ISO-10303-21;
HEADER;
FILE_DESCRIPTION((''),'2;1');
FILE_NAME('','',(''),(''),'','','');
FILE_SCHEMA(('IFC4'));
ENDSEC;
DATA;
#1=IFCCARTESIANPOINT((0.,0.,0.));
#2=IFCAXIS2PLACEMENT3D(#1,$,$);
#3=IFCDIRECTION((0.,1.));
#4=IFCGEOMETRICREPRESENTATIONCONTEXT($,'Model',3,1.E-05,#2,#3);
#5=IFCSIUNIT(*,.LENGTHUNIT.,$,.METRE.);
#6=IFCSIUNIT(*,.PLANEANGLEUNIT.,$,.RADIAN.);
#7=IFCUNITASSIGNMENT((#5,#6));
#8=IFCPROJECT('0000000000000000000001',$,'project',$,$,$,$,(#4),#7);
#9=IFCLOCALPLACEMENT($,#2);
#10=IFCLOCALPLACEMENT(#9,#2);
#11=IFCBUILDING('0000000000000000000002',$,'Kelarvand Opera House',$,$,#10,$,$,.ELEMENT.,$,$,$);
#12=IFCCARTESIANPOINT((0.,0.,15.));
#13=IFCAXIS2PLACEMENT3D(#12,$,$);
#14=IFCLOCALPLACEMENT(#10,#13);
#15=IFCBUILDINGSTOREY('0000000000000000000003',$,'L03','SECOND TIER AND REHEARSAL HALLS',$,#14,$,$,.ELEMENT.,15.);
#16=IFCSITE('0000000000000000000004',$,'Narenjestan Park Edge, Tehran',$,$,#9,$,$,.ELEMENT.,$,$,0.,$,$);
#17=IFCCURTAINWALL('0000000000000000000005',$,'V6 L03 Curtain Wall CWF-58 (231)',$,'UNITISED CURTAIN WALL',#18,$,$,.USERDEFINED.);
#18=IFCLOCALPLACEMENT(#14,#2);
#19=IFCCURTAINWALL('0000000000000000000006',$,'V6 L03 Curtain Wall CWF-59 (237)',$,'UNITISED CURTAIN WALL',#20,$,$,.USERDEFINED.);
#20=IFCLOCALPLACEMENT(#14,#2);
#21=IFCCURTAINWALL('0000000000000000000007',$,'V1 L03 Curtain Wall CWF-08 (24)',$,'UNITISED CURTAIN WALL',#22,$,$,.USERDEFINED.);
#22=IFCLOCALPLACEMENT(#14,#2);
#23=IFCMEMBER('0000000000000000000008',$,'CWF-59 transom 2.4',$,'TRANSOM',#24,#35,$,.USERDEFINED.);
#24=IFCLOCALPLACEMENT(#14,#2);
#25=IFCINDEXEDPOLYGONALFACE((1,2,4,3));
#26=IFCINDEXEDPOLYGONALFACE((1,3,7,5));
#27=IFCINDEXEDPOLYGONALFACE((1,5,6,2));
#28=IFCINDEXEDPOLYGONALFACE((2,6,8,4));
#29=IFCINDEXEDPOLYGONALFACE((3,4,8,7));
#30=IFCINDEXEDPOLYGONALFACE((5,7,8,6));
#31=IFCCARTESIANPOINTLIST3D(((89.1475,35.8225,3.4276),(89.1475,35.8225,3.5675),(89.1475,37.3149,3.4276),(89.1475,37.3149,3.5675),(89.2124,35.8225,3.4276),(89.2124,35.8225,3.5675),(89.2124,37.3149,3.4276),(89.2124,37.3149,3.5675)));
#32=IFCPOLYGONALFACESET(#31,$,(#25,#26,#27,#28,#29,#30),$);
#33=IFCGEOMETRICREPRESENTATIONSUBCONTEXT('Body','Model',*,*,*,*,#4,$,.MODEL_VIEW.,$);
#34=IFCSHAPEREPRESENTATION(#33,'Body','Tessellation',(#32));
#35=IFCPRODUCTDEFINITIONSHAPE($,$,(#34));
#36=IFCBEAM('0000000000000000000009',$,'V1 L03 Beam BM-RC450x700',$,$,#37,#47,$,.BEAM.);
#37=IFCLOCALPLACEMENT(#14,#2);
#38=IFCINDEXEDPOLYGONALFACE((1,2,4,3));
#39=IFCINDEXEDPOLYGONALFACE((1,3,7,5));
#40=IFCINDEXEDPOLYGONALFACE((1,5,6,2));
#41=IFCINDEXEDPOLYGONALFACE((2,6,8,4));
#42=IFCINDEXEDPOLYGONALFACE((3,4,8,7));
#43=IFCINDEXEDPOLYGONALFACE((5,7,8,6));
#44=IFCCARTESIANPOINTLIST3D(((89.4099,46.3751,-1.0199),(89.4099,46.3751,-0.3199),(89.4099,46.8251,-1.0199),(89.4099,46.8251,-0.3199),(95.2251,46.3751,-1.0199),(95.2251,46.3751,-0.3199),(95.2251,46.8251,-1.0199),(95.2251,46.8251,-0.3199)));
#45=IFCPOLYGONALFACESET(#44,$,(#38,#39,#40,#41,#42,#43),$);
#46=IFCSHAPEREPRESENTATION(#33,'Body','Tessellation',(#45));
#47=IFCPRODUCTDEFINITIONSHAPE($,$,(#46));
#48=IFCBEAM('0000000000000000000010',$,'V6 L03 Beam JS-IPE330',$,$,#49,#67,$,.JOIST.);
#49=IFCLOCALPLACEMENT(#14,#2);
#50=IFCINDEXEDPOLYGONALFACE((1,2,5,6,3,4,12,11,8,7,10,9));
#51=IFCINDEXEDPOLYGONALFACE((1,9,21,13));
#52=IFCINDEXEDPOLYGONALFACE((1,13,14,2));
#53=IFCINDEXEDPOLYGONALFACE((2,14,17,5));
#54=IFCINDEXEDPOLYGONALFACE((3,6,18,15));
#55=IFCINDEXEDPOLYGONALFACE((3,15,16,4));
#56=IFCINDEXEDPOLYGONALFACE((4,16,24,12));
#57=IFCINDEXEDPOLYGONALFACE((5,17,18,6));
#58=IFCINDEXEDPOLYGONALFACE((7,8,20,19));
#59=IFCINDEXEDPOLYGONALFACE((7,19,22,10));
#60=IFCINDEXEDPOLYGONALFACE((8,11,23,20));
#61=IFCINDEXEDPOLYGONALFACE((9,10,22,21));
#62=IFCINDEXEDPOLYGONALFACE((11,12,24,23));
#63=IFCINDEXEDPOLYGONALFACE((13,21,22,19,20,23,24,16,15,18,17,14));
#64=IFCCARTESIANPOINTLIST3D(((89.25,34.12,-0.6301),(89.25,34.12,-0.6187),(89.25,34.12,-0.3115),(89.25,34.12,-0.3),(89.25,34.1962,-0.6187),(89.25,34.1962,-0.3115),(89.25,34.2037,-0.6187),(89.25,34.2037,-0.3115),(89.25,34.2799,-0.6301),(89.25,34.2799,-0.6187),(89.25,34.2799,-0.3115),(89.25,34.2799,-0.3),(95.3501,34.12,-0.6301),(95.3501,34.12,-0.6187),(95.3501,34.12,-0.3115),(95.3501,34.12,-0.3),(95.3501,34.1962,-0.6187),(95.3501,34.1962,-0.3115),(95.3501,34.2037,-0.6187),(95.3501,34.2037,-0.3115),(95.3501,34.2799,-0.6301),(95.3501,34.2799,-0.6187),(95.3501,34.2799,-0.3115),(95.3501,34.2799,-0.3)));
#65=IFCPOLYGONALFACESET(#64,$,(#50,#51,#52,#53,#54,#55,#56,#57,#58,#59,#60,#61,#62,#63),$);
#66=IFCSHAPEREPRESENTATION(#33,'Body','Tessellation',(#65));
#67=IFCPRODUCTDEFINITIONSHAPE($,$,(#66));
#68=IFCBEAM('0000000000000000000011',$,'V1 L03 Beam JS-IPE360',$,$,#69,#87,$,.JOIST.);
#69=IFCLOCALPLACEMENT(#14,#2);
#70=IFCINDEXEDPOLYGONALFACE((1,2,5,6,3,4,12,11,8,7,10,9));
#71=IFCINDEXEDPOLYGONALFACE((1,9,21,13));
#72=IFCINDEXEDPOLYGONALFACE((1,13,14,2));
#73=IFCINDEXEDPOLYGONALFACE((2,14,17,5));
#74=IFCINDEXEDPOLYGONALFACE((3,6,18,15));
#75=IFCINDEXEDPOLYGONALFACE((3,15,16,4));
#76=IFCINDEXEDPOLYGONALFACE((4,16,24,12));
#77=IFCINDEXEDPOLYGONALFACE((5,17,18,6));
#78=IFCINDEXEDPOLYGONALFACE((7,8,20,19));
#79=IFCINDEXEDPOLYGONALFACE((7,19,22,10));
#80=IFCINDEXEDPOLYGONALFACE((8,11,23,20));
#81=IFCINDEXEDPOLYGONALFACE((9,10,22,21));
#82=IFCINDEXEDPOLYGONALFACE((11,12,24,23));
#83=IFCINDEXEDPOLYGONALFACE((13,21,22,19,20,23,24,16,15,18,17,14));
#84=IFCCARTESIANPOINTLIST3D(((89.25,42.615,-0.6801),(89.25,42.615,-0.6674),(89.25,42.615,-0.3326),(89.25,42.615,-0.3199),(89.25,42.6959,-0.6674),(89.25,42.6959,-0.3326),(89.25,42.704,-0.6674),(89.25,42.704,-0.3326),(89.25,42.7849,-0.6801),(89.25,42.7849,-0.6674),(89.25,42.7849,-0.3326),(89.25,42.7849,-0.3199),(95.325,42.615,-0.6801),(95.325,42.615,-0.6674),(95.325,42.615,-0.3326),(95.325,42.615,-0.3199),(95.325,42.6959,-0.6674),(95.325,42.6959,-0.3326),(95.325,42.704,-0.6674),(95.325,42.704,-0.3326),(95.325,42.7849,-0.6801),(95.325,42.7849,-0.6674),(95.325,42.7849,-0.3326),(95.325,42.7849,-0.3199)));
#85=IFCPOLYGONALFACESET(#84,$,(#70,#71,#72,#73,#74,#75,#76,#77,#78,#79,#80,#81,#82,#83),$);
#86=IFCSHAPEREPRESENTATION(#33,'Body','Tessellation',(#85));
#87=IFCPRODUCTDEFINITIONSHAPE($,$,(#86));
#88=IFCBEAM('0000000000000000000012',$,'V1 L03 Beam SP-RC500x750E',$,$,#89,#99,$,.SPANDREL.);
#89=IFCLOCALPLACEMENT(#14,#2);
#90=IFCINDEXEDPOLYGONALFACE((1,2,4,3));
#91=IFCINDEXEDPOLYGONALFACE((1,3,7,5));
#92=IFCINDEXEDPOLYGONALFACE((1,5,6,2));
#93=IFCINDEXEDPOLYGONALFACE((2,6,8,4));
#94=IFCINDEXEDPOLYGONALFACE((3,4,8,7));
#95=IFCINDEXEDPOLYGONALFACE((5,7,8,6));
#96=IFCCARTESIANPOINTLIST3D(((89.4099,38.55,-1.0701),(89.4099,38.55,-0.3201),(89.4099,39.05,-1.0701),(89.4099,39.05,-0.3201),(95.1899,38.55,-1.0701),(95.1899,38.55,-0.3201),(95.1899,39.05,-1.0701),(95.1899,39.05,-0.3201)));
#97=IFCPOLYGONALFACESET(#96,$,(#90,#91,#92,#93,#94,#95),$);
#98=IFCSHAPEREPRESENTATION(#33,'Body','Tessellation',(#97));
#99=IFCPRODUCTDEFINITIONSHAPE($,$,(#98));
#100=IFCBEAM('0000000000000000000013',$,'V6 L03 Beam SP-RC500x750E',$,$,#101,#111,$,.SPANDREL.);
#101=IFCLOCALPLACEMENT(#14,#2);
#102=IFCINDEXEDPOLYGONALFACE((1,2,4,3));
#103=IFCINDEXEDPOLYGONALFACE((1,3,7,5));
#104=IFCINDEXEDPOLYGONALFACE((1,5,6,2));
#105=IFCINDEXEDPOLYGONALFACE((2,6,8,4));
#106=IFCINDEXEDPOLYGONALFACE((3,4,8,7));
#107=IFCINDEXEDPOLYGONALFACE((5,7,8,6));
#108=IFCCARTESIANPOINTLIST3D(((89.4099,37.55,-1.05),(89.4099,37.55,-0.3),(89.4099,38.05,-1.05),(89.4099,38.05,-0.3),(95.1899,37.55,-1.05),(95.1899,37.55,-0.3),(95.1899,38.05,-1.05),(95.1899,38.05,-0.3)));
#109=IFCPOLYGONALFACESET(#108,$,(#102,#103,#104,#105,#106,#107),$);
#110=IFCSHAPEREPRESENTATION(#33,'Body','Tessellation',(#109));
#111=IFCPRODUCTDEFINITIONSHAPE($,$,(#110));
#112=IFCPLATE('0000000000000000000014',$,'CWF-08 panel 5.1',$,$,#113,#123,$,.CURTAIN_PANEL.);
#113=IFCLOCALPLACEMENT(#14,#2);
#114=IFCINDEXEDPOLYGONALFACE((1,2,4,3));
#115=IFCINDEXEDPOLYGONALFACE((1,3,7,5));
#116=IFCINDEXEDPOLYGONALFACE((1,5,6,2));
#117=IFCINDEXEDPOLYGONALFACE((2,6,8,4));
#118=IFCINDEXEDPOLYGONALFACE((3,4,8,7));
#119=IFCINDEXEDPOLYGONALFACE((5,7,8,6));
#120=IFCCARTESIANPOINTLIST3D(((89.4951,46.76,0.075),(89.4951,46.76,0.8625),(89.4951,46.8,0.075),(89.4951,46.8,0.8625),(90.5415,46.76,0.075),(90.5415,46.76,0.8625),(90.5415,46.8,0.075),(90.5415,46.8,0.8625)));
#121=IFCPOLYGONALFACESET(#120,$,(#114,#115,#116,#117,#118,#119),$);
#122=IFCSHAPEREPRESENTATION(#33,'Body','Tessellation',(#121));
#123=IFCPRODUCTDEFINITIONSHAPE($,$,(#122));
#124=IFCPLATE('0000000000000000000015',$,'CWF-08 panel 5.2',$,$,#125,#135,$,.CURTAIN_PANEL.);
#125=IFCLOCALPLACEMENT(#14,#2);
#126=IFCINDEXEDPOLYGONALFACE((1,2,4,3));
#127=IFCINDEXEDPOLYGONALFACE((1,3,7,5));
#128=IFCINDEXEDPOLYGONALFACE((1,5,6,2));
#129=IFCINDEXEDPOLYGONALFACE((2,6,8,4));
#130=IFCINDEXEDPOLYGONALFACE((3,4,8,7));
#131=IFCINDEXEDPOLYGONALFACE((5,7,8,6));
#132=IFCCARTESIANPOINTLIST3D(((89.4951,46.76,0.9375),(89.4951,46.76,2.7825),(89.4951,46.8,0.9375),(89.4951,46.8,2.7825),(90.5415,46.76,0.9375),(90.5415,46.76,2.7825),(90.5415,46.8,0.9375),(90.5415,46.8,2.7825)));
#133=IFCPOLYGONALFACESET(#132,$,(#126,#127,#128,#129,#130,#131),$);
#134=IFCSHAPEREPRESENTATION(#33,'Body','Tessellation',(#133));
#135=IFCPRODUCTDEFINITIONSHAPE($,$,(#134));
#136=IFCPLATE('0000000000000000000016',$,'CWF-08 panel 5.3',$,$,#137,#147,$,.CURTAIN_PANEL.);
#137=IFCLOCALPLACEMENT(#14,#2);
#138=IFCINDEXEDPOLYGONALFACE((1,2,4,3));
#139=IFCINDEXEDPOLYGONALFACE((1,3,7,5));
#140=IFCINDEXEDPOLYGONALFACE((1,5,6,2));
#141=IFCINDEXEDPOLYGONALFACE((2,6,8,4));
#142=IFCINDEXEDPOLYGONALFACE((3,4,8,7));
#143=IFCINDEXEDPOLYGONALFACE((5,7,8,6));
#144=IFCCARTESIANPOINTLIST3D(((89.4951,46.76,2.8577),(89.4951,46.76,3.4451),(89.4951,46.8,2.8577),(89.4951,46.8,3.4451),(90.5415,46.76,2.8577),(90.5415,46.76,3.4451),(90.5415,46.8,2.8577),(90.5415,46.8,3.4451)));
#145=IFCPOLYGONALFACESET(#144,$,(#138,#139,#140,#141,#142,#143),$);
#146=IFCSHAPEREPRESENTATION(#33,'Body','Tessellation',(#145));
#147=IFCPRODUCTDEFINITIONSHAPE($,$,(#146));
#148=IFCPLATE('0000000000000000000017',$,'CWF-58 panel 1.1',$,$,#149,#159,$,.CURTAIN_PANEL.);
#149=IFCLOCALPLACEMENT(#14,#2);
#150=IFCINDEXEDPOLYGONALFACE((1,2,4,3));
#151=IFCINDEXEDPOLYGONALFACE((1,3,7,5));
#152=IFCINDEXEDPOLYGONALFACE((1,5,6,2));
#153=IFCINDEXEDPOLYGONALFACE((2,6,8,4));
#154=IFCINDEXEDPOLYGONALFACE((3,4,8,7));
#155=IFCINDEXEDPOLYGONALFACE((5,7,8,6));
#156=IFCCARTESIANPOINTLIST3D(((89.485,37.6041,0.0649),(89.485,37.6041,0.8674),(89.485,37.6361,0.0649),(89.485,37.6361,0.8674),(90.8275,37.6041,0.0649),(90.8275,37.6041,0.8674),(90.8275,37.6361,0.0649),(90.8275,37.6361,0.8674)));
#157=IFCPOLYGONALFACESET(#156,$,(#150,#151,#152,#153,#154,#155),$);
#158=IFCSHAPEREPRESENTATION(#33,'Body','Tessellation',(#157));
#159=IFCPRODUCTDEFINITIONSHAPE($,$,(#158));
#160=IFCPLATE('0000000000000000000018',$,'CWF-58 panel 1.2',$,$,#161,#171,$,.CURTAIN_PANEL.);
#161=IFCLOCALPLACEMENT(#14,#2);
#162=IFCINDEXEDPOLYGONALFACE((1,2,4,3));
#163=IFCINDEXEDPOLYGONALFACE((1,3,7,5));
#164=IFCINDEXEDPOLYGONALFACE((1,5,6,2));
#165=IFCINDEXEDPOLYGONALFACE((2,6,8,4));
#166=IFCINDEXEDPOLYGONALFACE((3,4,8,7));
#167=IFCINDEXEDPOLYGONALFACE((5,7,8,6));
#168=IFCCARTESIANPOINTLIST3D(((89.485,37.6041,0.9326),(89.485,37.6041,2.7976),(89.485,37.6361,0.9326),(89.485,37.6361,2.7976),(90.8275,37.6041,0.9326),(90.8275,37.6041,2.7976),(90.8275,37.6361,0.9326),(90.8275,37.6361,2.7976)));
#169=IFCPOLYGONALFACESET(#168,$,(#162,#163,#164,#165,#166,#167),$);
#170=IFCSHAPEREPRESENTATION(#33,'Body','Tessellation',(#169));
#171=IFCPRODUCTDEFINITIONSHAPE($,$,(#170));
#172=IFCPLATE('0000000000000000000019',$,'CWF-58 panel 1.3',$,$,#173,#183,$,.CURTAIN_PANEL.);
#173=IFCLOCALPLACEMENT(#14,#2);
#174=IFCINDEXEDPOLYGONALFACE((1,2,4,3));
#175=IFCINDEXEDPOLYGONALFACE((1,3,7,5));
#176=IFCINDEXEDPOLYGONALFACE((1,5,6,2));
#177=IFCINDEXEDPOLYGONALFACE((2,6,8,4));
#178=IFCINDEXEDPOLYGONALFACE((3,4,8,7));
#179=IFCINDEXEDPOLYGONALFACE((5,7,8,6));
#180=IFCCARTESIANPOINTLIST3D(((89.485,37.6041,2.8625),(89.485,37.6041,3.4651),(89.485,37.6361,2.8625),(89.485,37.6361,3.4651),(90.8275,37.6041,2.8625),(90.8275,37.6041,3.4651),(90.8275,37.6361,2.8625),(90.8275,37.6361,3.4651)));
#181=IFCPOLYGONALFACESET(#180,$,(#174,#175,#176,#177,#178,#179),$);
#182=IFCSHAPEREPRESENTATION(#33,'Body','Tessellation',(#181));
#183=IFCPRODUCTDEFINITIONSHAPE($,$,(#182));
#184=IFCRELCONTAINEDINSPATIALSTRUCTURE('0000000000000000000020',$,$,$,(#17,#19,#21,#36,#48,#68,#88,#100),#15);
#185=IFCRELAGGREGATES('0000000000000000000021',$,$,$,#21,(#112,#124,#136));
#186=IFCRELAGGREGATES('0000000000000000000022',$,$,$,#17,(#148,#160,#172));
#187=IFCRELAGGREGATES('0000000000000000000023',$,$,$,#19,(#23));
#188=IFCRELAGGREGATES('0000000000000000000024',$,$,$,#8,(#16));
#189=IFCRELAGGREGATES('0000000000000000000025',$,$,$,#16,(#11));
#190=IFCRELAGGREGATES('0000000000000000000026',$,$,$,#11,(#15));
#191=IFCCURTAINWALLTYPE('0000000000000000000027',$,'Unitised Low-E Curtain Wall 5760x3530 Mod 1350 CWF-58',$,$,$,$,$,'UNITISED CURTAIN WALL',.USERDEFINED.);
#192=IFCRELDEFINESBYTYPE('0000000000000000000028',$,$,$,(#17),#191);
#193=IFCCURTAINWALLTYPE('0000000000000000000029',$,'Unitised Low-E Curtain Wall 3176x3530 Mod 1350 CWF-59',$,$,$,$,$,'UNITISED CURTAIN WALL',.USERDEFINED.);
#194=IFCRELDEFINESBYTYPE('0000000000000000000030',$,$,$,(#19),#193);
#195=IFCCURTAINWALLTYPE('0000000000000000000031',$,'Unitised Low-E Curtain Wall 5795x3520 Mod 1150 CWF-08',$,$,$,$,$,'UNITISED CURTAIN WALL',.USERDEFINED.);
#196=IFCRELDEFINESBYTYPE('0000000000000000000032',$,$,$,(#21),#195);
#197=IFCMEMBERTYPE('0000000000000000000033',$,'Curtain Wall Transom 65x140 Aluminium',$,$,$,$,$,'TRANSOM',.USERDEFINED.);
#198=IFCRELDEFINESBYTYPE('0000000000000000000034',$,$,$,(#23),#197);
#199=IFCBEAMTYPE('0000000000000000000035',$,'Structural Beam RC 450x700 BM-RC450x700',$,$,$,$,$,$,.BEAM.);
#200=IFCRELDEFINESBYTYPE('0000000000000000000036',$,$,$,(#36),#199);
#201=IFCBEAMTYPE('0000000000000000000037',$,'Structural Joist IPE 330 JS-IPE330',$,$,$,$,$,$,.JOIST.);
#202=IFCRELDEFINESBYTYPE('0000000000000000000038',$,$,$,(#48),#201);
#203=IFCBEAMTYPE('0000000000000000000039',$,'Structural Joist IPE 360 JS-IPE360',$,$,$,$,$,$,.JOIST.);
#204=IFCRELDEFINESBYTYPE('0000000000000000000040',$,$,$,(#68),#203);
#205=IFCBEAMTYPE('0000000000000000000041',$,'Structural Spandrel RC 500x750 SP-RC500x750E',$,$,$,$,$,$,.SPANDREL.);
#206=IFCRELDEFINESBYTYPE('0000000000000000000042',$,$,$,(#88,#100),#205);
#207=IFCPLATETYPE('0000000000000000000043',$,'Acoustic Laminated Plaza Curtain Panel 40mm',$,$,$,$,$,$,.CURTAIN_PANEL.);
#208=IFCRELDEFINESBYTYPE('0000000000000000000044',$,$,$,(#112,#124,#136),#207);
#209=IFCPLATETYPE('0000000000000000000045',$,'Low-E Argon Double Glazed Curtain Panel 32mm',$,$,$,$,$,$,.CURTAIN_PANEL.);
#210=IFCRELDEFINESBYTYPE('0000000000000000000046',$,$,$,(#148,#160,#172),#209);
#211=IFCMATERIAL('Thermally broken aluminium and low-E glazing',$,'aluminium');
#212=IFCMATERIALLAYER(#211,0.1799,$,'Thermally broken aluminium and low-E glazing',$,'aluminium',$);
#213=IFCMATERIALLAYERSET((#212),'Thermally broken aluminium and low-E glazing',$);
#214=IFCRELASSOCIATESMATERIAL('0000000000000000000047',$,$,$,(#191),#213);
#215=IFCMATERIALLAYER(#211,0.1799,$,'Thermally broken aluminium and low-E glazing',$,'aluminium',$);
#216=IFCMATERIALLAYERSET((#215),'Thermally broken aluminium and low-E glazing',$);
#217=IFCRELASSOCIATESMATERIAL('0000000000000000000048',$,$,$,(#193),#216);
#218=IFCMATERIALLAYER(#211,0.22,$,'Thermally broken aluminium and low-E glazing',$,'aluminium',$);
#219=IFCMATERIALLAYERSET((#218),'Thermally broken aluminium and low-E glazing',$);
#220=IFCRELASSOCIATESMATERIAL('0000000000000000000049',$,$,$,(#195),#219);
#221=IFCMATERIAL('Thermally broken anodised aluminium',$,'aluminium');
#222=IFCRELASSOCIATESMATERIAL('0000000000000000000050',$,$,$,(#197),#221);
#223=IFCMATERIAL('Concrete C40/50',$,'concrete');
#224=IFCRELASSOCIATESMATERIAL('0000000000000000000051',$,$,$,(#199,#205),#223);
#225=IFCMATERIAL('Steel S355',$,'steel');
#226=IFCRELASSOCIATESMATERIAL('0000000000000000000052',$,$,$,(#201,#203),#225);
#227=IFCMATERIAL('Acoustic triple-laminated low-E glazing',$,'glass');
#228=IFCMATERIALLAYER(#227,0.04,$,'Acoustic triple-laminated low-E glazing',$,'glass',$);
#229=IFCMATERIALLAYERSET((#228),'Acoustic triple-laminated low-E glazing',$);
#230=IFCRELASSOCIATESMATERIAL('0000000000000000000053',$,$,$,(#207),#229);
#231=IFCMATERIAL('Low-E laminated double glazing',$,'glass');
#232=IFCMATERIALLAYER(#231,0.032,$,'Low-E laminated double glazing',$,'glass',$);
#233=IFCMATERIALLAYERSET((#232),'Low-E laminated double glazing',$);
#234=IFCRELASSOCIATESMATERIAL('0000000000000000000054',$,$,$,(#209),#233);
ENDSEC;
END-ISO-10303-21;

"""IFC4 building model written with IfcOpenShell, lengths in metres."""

from ifc_helpers import new_model, si_unit, direction, frame, origin, origin_2d, place, context, subcontext, project, spatial, rectangle, i_section, extrude, material, layer, layer_set, material_profile, profile_set, type_object, element, aggregate, save


model = new_model("IFC4")

# Units and contexts
model_context = context("Model", 3, precision=1e-05, world=origin(), true_north=direction((0.0, 1.0)))
body_context = subcontext(model_context, "Body", "Model", "MODEL_VIEW")
ifc_project = project(units=[si_unit("LENGTHUNIT", "METRE"), si_unit("PLANEANGLEUNIT", "RADIAN")], contexts=[model_context])

# Site, building, storey
site_placement = place(None, origin())
site = spatial("IfcSite", under=ifc_project, at=site_placement, Name="Narenjestan Park Edge, Tehran", CompositionType="ELEMENT", RefElevation=0.0)
building_placement = place(site_placement, origin())
building = spatial("IfcBuilding", under=site, at=building_placement, Name="Kelarvand Opera House", CompositionType="ELEMENT")
storey_placement = place(building_placement, frame((0.0, 0.0, 15.0)))
storey = spatial("IfcBuildingStorey", under=building, at=storey_placement, Name="L03", Description="SECOND TIER AND REHEARSAL HALLS", CompositionType="ELEMENT", Elevation=15.0)

# Curtain wall
ifc_material_1 = material(Name="Thermally broken aluminium and low-E glazing", Category="aluminium")
ifc_layer_1 = layer(ifc_material_1, 0.1799, Name="Thermally broken aluminium and low-E glazing", Category="aluminium")
ifc_layer_set_1 = layer_set([ifc_layer_1], Name="Thermally broken aluminium and low-E glazing")
curtain_wall_type_1 = type_object("IfcCurtainWallType", Name="Unitised Low-E Curtain Wall 5760x3530 Mod 1350 CWF-58", ElementType="UNITISED CURTAIN WALL", PredefinedType="USERDEFINED", material=ifc_layer_set_1)
curtain_wall_1_placement = place(storey_placement, origin())
curtain_wall_1 = element("IfcCurtainWall", 1, at=curtain_wall_1_placement, inside=storey, type_object=curtain_wall_type_1, Name="V6 L03 Curtain Wall CWF-58 (231)", ObjectType="UNITISED CURTAIN WALL", PredefinedType="USERDEFINED")
ifc_material_2 = material(Name="Thermally broken anodised aluminium", Category="aluminium")

# Curtain walls
ifc_layer_2 = layer(ifc_material_1, 0.1799, Name="Thermally broken aluminium and low-E glazing", Category="aluminium")
ifc_layer_set_2 = layer_set([ifc_layer_2], Name="Thermally broken aluminium and low-E glazing")
curtain_wall_type_2 = type_object("IfcCurtainWallType", Name="Unitised Low-E Curtain Wall 3176x3530 Mod 1350 CWF-59", ElementType="UNITISED CURTAIN WALL", PredefinedType="USERDEFINED", material=ifc_layer_set_2)
curtain_wall_2_placement = place(storey_placement, origin())
curtain_wall_2 = element("IfcCurtainWall", 2, at=curtain_wall_2_placement, inside=storey, type_object=curtain_wall_type_2, Name="V6 L03 Curtain Wall CWF-59 (237)", ObjectType="UNITISED CURTAIN WALL", PredefinedType="USERDEFINED")
ifc_layer_3 = layer(ifc_material_1, 0.22, Name="Thermally broken aluminium and low-E glazing", Category="aluminium")
ifc_layer_set_3 = layer_set([ifc_layer_3], Name="Thermally broken aluminium and low-E glazing")
curtain_wall_type_3 = type_object("IfcCurtainWallType", Name="Unitised Low-E Curtain Wall 5795x3520 Mod 1150 CWF-08", ElementType="UNITISED CURTAIN WALL", PredefinedType="USERDEFINED", material=ifc_layer_set_3)
curtain_wall_3_placement = place(storey_placement, origin())
curtain_wall_3 = element("IfcCurtainWall", 3, at=curtain_wall_3_placement, inside=storey, type_object=curtain_wall_type_3, Name="V1 L03 Curtain Wall CWF-08 (24)", ObjectType="UNITISED CURTAIN WALL", PredefinedType="USERDEFINED")

# Member
ifc_material_profile_1 = material_profile(ifc_material_2, rectangle(XDim=0.0649, YDim=0.1399, at=origin_2d()), Name="ALU TRANSOM 65x140", Category="aluminium")
ifc_profile_set_1 = profile_set([ifc_material_profile_1], Name="Thermally broken anodised aluminium")
member_type_1 = type_object("IfcMemberType", Name="Curtain Wall Transom 65x140 Aluminium", ElementType="TRANSOM", PredefinedType="USERDEFINED", material=ifc_profile_set_1)
member_1_placement = place(storey_placement, frame((89.1799, 35.8225, 3.4976), z_axis=(0.0, 1.0, 0.0), x_axis=(-1.0, 0.0, 0.0)))
member_1 = element("IfcMember", 4, at=member_1_placement, type_object=member_type_1, Name="CWF-59 transom 2.4", ObjectType="TRANSOM", PredefinedType="USERDEFINED", context=body_context, shape_type="SweptSolid", body=[
    extrude(rectangle(XDim=0.0649, YDim=0.1399, at=origin_2d()), origin(), (0.0, 0.0, 1.0), 1.4924),
])

# Beams
ifc_material_3 = material(Name="Concrete C40/50", Category="concrete")
ifc_material_profile_2 = material_profile(ifc_material_3, rectangle(XDim=0.45, YDim=0.7, at=origin_2d()), Name="RC 450x700", Category="concrete")
ifc_profile_set_2 = profile_set([ifc_material_profile_2], Name="Concrete C40/50")
beam_type_1 = type_object("IfcBeamType", Name="Structural Beam RC 450x700 BM-RC450x700", PredefinedType="BEAM", material=ifc_profile_set_2)
beam_1_placement = place(storey_placement, frame((89.4099, 46.6001, -0.6699), z_axis=(1.0, 0.0, 0.0), x_axis=(0.0, 1.0, 0.0)))
element("IfcBeam", 5, at=beam_1_placement, inside=storey, type_object=beam_type_1, Name="V1 L03 Beam BM-RC450x700", PredefinedType="BEAM", context=body_context, shape_type="SweptSolid", body=[
    extrude(rectangle(XDim=0.45, YDim=0.7, at=origin_2d()), origin(), (0.0, 0.0, 1.0), 5.8152),
])
ifc_material_4 = material(Name="Steel S355", Category="steel")
ifc_material_profile_3 = material_profile(ifc_material_4, i_section(OverallWidth=0.1599, OverallDepth=0.3301, WebThickness=0.0076, FlangeThickness=0.0115, at=origin_2d()), Name="IPE 330", Category="steel")
ifc_profile_set_3 = profile_set([ifc_material_profile_3], Name="Steel S355")
beam_type_2 = type_object("IfcBeamType", Name="Structural Joist IPE 330 JS-IPE330", PredefinedType="JOIST", material=ifc_profile_set_3)
beam_2_placement = place(storey_placement, frame((89.25, 34.2, -0.4651), z_axis=(1.0, 0.0, 0.0), x_axis=(0.0, 1.0, 0.0)))
element("IfcBeam", 6, at=beam_2_placement, inside=storey, type_object=beam_type_2, Name="V6 L03 Beam JS-IPE330", PredefinedType="JOIST", context=body_context, shape_type="SweptSolid", body=[
    extrude(i_section(OverallWidth=0.1599, OverallDepth=0.3301, WebThickness=0.0076, FlangeThickness=0.0115, at=origin_2d()), origin(), (0.0, 0.0, 1.0), 6.1001),
])
ifc_material_profile_4 = material_profile(ifc_material_4, i_section(OverallWidth=0.1699, OverallDepth=0.3601, WebThickness=0.0081, FlangeThickness=0.0127, at=origin_2d()), Name="IPE 360", Category="steel")
ifc_profile_set_4 = profile_set([ifc_material_profile_4], Name="Steel S355")
beam_type_3 = type_object("IfcBeamType", Name="Structural Joist IPE 360 JS-IPE360", PredefinedType="JOIST", material=ifc_profile_set_4)
beam_3_placement = place(storey_placement, frame((89.25, 42.7, -0.5), z_axis=(1.0, 0.0, 0.0), x_axis=(0.0, 1.0, 0.0)))
element("IfcBeam", 7, at=beam_3_placement, inside=storey, type_object=beam_type_3, Name="V1 L03 Beam JS-IPE360", PredefinedType="JOIST", context=body_context, shape_type="SweptSolid", body=[
    extrude(i_section(OverallWidth=0.1699, OverallDepth=0.3601, WebThickness=0.0081, FlangeThickness=0.0127, at=origin_2d()), origin(), (0.0, 0.0, 1.0), 6.075),
])
ifc_material_profile_5 = material_profile(ifc_material_3, rectangle(XDim=0.5, YDim=0.75, at=origin_2d()), Name="RC 500x750", Category="concrete")
ifc_profile_set_5 = profile_set([ifc_material_profile_5], Name="Concrete C40/50")
beam_type_4 = type_object("IfcBeamType", Name="Structural Spandrel RC 500x750 SP-RC500x750E", PredefinedType="SPANDREL", material=ifc_profile_set_5)
for number, where, z_axis, x_axis, name in (
    (8, (89.4099, 38.8, -0.6951), (1.0, 0.0, 0.0), (0.0, 1.0, 0.0), "V1 L03 Beam SP-RC500x750E"),
    (9, (89.4099, 37.8, -0.675), (1.0, 0.0, 0.0), (0.0, 1.0, 0.0), "V6 L03 Beam SP-RC500x750E"),
):
    element("IfcBeam", number, at=place(storey_placement, frame(where, z_axis=z_axis, x_axis=x_axis)), inside=storey, type_object=beam_type_4, Name=name, PredefinedType="SPANDREL", context=body_context, shape_type="SweptSolid", body=[
        extrude(rectangle(XDim=0.5, YDim=0.75, at=origin_2d()), origin(), (0.0, 0.0, 1.0), 5.78),
    ])

# Plates
ifc_material_5 = material(Name="Acoustic triple-laminated low-E glazing", Category="glass")
ifc_layer_4 = layer(ifc_material_5, 0.04, Name="Acoustic triple-laminated low-E glazing", Category="glass")
ifc_layer_set_4 = layer_set([ifc_layer_4], Name="Acoustic triple-laminated low-E glazing")
plate_type_1 = type_object("IfcPlateType", Name="Acoustic Laminated Plaza Curtain Panel 40mm", PredefinedType="CURTAIN_PANEL", material=ifc_layer_set_4)
plate_1_placement = place(storey_placement, frame((90.0183, 46.78, 0.075), z_axis=(0.0, 0.0, 1.0), x_axis=(-1.0, 0.0, 0.0)))
plate_1 = element("IfcPlate", 10, at=plate_1_placement, type_object=plate_type_1, Name="CWF-08 panel 5.1", PredefinedType="CURTAIN_PANEL", context=body_context, shape_type="SweptSolid", body=[
    extrude(rectangle(XDim=1.0464, YDim=0.04, at=origin_2d()), origin(), (0.0, 0.0, 1.0), 0.7876),
])
plate_2_placement = place(storey_placement, frame((90.0183, 46.78, 0.9375), z_axis=(0.0, 0.0, 1.0), x_axis=(-1.0, 0.0, 0.0)))
plate_2 = element("IfcPlate", 11, at=plate_2_placement, type_object=plate_type_1, Name="CWF-08 panel 5.2", PredefinedType="CURTAIN_PANEL", context=body_context, shape_type="SweptSolid", body=[
    extrude(rectangle(XDim=1.0464, YDim=0.04, at=origin_2d()), origin(), (0.0, 0.0, 1.0), 1.845),
])
plate_3_placement = place(storey_placement, frame((90.0183, 46.78, 2.8577), z_axis=(0.0, 0.0, 1.0), x_axis=(-1.0, 0.0, 0.0)))
plate_3 = element("IfcPlate", 12, at=plate_3_placement, type_object=plate_type_1, Name="CWF-08 panel 5.3", PredefinedType="CURTAIN_PANEL", context=body_context, shape_type="SweptSolid", body=[
    extrude(rectangle(XDim=1.0464, YDim=0.04, at=origin_2d()), origin(), (0.0, 0.0, 1.0), 0.5874),
])
aggregate(curtain_wall_3, [plate_1, plate_2, plate_3])
ifc_material_6 = material(Name="Low-E laminated double glazing", Category="glass")
ifc_layer_5 = layer(ifc_material_6, 0.032, Name="Low-E laminated double glazing", Category="glass")
ifc_layer_set_5 = layer_set([ifc_layer_5], Name="Low-E laminated double glazing")
plate_type_2 = type_object("IfcPlateType", Name="Low-E Argon Double Glazed Curtain Panel 32mm", PredefinedType="CURTAIN_PANEL", material=ifc_layer_set_5)
plate_4_placement = place(storey_placement, frame((90.1562, 37.6201, 0.0649), z_axis=(0.0, 0.0, 1.0), x_axis=(1.0, 0.0, 0.0)))
plate_4 = element("IfcPlate", 13, at=plate_4_placement, type_object=plate_type_2, Name="CWF-58 panel 1.1", PredefinedType="CURTAIN_PANEL", context=body_context, shape_type="SweptSolid", body=[
    extrude(rectangle(XDim=1.3425, YDim=0.032, at=origin_2d()), origin(), (0.0, 0.0, 1.0), 0.8025),
])
plate_5_placement = place(storey_placement, frame((90.1562, 37.6201, 0.9326), z_axis=(0.0, 0.0, 1.0), x_axis=(1.0, 0.0, 0.0)))
plate_5 = element("IfcPlate", 14, at=plate_5_placement, type_object=plate_type_2, Name="CWF-58 panel 1.2", PredefinedType="CURTAIN_PANEL", context=body_context, shape_type="SweptSolid", body=[
    extrude(rectangle(XDim=1.3425, YDim=0.032, at=origin_2d()), origin(), (0.0, 0.0, 1.0), 1.865),
])
plate_6_placement = place(storey_placement, frame((90.1562, 37.6201, 2.8625), z_axis=(0.0, 0.0, 1.0), x_axis=(1.0, 0.0, 0.0)))
plate_6 = element("IfcPlate", 15, at=plate_6_placement, type_object=plate_type_2, Name="CWF-58 panel 1.3", PredefinedType="CURTAIN_PANEL", context=body_context, shape_type="SweptSolid", body=[
    extrude(rectangle(XDim=1.3425, YDim=0.032, at=origin_2d()), origin(), (0.0, 0.0, 1.0), 0.6025),
])
aggregate(curtain_wall_1, [plate_4, plate_5, plate_6])
aggregate(curtain_wall_2, [member_1])

save(model, "model.ifc")
